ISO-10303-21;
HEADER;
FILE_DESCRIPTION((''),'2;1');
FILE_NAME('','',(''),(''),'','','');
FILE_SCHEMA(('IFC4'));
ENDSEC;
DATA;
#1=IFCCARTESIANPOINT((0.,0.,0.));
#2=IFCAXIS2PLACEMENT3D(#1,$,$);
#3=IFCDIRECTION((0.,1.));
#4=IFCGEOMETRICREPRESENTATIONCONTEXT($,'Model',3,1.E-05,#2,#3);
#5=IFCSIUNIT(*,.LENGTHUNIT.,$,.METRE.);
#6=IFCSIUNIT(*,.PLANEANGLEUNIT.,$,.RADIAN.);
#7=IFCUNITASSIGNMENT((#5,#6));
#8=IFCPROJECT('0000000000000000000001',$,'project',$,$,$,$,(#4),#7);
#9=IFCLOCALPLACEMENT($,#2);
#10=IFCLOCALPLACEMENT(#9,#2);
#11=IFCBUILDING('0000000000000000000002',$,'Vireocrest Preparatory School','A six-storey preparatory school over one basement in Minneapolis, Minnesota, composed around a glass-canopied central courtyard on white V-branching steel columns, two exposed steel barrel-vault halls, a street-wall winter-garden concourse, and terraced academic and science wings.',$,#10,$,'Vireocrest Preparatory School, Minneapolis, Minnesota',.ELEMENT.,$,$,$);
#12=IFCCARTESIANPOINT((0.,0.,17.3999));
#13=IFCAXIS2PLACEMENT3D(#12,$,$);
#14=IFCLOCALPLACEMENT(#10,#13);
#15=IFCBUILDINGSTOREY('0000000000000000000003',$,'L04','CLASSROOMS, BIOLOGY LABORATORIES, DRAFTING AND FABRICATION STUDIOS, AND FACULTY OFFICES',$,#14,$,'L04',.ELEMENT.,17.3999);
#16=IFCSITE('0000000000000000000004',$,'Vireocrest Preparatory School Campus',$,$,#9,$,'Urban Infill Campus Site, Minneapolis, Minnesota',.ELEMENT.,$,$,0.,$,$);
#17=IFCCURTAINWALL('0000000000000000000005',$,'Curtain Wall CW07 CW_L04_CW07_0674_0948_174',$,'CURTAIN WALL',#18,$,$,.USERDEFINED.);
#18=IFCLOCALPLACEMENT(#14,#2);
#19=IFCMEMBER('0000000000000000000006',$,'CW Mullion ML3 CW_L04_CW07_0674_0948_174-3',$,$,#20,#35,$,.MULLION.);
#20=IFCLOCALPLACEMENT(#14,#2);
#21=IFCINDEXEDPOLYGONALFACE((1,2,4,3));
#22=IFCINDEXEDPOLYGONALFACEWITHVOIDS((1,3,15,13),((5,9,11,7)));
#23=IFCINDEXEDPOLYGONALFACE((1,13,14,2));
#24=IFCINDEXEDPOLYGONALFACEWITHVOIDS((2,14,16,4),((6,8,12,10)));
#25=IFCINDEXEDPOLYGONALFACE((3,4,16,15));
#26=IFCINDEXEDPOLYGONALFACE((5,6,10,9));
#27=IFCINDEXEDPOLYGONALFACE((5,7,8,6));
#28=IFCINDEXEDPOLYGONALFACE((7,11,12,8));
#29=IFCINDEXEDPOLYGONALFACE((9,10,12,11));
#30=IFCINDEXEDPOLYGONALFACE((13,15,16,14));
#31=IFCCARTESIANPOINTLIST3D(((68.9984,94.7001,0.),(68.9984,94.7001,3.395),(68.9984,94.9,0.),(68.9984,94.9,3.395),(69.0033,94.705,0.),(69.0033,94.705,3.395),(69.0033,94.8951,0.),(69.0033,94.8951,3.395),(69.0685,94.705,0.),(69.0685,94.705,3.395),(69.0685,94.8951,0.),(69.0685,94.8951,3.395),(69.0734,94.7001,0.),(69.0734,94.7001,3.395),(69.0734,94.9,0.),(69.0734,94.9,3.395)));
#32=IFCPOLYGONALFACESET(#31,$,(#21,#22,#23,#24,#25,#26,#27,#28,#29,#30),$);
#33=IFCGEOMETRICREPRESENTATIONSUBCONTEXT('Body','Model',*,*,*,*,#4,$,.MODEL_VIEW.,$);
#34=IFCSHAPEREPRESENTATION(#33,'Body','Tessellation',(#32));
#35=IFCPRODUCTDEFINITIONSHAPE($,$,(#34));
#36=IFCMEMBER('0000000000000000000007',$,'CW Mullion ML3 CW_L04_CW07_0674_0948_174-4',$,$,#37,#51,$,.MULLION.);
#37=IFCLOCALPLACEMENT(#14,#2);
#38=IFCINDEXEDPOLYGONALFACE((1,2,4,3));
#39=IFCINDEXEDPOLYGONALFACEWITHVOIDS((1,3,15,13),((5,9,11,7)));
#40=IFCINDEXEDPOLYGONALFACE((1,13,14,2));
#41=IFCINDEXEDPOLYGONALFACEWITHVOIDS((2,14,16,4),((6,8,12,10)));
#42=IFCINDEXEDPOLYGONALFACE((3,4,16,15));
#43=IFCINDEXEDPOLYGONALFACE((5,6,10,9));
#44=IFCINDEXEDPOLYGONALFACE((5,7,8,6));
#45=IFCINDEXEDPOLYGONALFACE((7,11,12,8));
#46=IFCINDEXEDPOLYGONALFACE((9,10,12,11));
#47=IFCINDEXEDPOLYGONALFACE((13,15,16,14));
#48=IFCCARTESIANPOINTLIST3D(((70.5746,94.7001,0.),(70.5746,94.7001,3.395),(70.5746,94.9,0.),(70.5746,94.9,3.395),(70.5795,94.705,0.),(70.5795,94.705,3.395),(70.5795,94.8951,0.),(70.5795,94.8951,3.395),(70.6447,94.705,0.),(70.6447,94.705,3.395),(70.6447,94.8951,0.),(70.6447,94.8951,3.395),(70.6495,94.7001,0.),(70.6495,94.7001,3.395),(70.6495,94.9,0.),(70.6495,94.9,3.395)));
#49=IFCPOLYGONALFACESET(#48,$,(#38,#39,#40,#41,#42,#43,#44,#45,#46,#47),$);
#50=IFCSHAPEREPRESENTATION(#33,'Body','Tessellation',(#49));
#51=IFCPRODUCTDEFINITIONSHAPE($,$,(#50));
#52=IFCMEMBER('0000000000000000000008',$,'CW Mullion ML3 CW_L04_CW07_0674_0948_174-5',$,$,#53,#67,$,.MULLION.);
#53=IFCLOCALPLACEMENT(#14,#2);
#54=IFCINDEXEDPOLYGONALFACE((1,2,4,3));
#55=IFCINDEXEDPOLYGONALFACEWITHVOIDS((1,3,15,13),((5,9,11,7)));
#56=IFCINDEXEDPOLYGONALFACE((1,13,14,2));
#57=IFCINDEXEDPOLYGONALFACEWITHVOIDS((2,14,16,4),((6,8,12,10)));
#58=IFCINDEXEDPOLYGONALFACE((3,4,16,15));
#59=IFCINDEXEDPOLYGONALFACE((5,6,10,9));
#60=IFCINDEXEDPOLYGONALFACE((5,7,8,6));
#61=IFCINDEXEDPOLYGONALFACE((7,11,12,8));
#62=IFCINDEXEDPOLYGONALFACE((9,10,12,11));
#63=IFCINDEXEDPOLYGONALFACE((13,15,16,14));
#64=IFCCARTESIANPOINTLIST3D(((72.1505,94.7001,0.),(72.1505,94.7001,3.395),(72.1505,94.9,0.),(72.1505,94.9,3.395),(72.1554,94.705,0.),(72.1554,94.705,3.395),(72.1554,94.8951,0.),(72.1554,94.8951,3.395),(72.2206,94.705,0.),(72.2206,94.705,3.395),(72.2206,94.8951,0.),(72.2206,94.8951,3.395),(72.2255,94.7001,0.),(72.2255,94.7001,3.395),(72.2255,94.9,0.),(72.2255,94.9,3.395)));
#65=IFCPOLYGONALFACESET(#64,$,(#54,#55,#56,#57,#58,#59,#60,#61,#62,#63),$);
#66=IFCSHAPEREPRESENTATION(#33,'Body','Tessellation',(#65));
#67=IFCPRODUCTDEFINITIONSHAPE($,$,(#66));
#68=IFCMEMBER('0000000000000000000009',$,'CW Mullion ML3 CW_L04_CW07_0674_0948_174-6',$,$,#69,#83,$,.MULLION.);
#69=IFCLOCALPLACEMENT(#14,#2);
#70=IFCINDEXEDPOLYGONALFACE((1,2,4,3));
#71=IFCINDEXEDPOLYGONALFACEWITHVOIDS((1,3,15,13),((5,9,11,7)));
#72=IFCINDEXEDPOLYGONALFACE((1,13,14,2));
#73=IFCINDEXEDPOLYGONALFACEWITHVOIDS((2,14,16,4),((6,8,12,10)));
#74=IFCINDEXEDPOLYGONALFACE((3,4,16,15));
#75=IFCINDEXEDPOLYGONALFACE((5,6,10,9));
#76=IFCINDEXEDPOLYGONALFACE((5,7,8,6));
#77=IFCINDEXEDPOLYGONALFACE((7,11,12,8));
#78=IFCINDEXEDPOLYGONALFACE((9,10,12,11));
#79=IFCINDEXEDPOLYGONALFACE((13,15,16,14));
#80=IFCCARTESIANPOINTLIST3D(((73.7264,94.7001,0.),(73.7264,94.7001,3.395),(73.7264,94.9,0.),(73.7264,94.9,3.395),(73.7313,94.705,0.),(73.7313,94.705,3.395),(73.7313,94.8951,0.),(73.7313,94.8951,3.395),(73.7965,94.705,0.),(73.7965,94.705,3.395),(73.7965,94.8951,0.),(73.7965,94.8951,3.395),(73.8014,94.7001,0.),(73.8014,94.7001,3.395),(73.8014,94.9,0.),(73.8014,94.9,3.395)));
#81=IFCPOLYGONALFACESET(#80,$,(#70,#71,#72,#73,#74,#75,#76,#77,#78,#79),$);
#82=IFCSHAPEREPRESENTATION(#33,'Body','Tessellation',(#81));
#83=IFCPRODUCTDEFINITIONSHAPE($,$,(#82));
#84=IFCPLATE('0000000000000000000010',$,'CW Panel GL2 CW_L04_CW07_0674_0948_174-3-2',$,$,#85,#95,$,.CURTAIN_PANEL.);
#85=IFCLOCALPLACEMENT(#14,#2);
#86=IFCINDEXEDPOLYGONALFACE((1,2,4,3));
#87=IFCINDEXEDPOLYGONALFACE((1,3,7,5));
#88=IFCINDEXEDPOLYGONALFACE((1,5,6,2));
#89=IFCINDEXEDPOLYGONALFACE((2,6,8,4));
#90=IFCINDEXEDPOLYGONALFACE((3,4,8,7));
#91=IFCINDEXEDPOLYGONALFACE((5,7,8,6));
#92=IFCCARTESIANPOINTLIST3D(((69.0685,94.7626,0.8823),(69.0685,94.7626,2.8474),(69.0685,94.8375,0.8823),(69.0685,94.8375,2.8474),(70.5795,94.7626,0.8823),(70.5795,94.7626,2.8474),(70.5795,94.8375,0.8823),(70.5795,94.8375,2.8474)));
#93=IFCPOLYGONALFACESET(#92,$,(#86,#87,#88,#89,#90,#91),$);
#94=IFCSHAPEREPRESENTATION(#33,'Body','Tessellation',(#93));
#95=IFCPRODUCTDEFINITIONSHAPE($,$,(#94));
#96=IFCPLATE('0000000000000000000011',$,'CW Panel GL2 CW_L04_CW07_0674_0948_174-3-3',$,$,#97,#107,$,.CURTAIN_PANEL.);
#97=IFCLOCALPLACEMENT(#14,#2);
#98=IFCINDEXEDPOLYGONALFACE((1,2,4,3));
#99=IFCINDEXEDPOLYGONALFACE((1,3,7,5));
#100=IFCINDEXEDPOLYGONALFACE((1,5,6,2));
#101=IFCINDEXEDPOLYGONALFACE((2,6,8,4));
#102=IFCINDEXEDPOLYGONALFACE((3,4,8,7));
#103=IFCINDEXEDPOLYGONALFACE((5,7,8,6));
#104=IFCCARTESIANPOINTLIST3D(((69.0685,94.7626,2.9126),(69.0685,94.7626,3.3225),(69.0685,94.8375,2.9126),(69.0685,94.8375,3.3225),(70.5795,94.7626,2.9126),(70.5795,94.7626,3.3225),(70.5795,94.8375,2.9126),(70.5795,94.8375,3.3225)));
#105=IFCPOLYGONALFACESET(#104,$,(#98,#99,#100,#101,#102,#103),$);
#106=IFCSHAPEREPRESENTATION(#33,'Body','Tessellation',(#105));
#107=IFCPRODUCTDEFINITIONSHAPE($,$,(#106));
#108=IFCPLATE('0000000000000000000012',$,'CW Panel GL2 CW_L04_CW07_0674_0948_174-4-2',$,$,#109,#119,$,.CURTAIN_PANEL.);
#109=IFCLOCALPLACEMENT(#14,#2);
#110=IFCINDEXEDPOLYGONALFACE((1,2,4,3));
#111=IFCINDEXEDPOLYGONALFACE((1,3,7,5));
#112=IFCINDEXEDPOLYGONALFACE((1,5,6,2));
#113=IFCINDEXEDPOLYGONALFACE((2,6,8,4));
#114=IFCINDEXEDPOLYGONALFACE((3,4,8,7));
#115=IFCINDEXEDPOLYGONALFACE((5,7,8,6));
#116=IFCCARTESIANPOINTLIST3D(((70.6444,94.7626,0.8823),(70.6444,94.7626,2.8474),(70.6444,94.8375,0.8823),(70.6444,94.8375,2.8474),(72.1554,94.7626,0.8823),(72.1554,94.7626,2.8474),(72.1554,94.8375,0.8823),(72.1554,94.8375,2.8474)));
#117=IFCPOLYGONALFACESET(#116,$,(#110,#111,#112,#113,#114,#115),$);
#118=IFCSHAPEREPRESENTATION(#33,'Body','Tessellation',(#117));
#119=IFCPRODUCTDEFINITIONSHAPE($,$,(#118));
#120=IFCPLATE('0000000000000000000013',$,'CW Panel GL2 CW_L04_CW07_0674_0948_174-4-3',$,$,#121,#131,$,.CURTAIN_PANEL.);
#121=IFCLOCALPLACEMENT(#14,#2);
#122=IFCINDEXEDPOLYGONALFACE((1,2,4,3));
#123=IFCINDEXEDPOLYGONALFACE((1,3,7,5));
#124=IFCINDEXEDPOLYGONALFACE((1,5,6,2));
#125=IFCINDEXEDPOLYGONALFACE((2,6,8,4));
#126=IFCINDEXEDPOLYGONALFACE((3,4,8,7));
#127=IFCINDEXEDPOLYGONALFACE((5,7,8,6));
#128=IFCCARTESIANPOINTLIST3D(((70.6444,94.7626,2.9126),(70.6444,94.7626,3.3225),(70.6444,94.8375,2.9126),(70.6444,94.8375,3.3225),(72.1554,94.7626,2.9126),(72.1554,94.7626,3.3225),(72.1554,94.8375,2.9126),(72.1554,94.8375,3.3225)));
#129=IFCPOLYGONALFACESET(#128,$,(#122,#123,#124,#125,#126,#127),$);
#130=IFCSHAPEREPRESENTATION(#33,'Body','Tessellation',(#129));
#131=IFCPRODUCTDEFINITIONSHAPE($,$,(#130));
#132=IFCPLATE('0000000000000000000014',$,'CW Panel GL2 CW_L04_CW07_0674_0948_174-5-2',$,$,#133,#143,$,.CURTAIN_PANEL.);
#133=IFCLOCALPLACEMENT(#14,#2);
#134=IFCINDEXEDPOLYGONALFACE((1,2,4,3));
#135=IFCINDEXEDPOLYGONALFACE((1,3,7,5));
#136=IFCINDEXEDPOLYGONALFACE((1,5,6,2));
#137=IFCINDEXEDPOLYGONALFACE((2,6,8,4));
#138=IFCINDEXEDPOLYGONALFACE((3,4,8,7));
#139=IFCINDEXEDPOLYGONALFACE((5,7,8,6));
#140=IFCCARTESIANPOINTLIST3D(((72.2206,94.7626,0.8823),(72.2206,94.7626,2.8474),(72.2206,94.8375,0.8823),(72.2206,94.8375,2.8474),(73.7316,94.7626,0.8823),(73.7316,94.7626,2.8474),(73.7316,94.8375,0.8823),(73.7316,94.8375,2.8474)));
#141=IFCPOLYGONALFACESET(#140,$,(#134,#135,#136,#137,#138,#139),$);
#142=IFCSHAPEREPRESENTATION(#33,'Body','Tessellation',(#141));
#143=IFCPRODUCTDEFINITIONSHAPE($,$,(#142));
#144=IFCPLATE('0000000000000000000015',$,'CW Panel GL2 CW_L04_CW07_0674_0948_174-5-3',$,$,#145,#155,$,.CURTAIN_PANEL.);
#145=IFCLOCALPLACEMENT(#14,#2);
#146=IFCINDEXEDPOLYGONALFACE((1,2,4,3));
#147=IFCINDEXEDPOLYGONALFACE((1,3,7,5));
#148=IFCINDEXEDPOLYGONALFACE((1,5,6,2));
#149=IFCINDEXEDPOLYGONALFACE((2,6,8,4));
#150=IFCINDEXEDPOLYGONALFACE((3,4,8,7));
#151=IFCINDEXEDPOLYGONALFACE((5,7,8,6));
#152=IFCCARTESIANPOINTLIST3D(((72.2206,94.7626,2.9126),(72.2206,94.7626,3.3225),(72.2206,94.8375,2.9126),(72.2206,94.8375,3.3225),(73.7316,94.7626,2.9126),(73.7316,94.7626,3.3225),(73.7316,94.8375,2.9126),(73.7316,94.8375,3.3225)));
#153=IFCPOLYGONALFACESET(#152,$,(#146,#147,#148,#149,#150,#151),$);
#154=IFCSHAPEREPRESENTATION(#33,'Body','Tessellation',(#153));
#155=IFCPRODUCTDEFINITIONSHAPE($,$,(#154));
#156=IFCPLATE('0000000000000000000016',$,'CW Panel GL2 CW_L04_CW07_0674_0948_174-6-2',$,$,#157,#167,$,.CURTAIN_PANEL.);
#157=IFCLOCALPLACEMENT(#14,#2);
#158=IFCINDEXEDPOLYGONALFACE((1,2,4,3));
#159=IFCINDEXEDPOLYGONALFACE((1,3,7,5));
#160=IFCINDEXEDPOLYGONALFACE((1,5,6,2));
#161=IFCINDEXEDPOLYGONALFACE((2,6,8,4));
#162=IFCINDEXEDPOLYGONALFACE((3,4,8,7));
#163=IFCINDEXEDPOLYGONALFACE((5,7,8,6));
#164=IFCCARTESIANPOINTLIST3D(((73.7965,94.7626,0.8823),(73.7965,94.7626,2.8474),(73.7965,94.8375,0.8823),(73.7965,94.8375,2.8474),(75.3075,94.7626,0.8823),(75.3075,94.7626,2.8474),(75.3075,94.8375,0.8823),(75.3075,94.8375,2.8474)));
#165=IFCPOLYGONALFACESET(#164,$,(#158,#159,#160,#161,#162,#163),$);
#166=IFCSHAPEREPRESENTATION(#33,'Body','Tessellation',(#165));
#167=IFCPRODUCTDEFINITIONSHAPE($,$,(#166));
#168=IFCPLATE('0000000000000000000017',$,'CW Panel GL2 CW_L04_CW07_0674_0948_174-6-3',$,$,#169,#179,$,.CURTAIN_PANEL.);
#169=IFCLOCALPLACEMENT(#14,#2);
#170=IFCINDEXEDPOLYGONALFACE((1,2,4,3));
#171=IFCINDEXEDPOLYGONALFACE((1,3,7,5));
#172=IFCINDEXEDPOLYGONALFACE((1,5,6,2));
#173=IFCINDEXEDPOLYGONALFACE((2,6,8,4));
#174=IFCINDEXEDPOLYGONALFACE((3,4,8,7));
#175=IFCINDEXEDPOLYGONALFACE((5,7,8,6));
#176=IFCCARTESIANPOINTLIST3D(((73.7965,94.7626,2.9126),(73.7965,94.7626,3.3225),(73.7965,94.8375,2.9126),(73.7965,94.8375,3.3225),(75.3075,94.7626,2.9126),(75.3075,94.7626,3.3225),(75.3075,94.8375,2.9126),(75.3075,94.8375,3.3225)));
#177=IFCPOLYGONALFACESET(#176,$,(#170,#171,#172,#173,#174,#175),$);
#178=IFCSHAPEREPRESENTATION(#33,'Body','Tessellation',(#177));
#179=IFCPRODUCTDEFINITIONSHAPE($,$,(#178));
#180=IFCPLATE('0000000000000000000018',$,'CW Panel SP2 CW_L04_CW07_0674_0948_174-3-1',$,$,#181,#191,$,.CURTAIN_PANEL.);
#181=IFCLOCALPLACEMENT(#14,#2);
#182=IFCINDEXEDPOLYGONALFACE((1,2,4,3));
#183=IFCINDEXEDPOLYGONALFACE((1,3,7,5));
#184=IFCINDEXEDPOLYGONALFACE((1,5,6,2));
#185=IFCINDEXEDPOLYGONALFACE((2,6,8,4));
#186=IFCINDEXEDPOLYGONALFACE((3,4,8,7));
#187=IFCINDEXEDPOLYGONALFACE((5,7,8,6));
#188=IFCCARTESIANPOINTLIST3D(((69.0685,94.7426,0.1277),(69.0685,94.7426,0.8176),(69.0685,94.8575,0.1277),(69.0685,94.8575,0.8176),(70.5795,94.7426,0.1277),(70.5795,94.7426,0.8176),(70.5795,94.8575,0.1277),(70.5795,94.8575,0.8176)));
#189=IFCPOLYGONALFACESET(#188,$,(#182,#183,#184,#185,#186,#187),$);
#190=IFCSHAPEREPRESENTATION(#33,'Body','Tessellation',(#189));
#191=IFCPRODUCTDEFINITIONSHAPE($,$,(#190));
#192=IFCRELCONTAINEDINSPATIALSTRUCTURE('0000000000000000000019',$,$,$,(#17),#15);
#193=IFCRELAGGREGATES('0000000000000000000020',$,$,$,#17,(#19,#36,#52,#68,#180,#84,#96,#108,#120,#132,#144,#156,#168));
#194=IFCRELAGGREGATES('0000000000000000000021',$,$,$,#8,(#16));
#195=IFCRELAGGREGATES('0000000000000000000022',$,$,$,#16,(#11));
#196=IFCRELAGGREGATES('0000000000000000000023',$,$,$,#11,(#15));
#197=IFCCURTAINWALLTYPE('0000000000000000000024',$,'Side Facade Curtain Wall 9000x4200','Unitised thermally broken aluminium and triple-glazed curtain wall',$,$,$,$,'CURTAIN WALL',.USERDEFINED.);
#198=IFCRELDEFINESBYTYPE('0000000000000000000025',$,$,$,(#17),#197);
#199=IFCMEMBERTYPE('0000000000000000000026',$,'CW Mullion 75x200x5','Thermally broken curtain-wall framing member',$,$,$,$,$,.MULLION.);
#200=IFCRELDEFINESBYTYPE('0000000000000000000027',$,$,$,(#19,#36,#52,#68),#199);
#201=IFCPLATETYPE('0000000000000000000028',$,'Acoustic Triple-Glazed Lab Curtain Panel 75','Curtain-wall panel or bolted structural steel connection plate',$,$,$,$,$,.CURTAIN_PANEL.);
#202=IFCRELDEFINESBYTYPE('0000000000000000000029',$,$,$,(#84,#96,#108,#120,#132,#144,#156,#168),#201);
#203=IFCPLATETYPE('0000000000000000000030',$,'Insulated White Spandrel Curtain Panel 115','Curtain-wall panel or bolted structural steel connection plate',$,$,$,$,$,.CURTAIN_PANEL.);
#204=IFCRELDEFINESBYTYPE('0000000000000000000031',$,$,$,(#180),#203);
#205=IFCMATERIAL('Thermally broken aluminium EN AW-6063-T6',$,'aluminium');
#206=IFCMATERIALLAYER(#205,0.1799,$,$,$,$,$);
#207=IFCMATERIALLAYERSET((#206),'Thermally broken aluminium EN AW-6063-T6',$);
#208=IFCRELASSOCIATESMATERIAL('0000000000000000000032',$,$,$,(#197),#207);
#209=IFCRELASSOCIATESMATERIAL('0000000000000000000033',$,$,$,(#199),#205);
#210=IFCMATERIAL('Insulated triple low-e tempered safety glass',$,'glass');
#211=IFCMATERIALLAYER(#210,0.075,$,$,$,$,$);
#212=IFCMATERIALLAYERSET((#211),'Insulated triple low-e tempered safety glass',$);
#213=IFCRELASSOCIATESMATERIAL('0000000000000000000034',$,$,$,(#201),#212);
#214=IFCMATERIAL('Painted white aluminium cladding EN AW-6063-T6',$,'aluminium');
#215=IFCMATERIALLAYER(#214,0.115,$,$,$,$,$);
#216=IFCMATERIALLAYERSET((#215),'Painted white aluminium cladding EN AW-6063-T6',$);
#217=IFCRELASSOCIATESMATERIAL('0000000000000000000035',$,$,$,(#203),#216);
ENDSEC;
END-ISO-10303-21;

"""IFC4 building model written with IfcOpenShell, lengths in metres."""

from ifc_helpers import new_model, si_unit, direction, frame, origin, origin_2d, place, context, subcontext, project, spatial, rectangle, hollow_rectangle, extrude, material, layer, layer_set, material_profile, profile_set, type_object, element, aggregate, save


model = new_model("IFC4")

# Units and contexts
model_context = context("Model", 3, precision=1e-05, world=origin(), true_north=direction((0.0, 1.0)))
body_context = subcontext(model_context, "Body", "Model", "MODEL_VIEW")
ifc_project = project(units=[si_unit("LENGTHUNIT", "METRE"), si_unit("PLANEANGLEUNIT", "RADIAN")], contexts=[model_context])

# Site, building, storey
site_placement = place(None, origin())
site = spatial("IfcSite", under=ifc_project, at=site_placement, Name="Vireocrest Preparatory School Campus", LongName="Urban Infill Campus Site, Minneapolis, Minnesota", CompositionType="ELEMENT", RefElevation=0.0)
building_placement = place(site_placement, origin())
building = spatial("IfcBuilding", under=site, at=building_placement, Name="Vireocrest Preparatory School", Description="A six-storey preparatory school over one basement in Minneapolis, Minnesota, composed around a glass-canopied central courtyard on white V-branching steel columns, two exposed steel barrel-vault halls, a street-wall winter-garden concourse, and terraced academic and science wings.", LongName="Vireocrest Preparatory School, Minneapolis, Minnesota", CompositionType="ELEMENT")
storey_placement = place(building_placement, frame((0.0, 0.0, 17.3999)))
storey = spatial("IfcBuildingStorey", under=building, at=storey_placement, Name="L04", Description="CLASSROOMS, BIOLOGY LABORATORIES, DRAFTING AND FABRICATION STUDIOS, AND FACULTY OFFICES", LongName="L04", CompositionType="ELEMENT", Elevation=17.3999)

# Curtain wall, members, plates
ifc_material_1 = material(Name="Thermally broken aluminium EN AW-6063-T6", Category="aluminium")
ifc_layer_1 = layer(ifc_material_1, 0.1799)
ifc_layer_set_1 = layer_set([ifc_layer_1], Name="Thermally broken aluminium EN AW-6063-T6")
curtain_wall_type = type_object("IfcCurtainWallType", Name="Side Facade Curtain Wall 9000x4200", Description="Unitised thermally broken aluminium and triple-glazed curtain wall", ElementType="CURTAIN WALL", PredefinedType="USERDEFINED", material=ifc_layer_set_1)
curtain_wall_placement = place(storey_placement, origin())
curtain_wall = element("IfcCurtainWall", 1, at=curtain_wall_placement, inside=storey, type_object=curtain_wall_type, Name="Curtain Wall CW07 CW_L04_CW07_0674_0948_174", ObjectType="CURTAIN WALL", PredefinedType="USERDEFINED")
ifc_material_profile = material_profile(ifc_material_1, hollow_rectangle(XDim=0.075, YDim=0.2, WallThickness=0.0049, at=origin_2d()), Name="ALU 75x200x5")
ifc_profile_set = profile_set([ifc_material_profile], Name="Thermally broken aluminium EN AW-6063-T6")
member_type = type_object("IfcMemberType", Name="CW Mullion 75x200x5", Description="Thermally broken curtain-wall framing member", PredefinedType="MULLION", material=ifc_profile_set)
member_1_placement = place(storey_placement, frame((69.0359, 94.8, 0.0), z_axis=(0.0, 0.0, 1.0), x_axis=(1.0, 0.0, 0.0)))
member_1 = element("IfcMember", 2, at=member_1_placement, type_object=member_type, Name="CW Mullion ML3 CW_L04_CW07_0674_0948_174-3", PredefinedType="MULLION", context=body_context, shape_type="SweptSolid", body=[
    extrude(hollow_rectangle(XDim=0.075, YDim=0.2, WallThickness=0.0049, at=origin_2d()), origin(), (0.0, 0.0, 1.0), 3.395),
])
member_2_placement = place(storey_placement, frame((70.6121, 94.8, 0.0), z_axis=(0.0, 0.0, 1.0), x_axis=(1.0, 0.0, 0.0)))
member_2 = element("IfcMember", 3, at=member_2_placement, type_object=member_type, Name="CW Mullion ML3 CW_L04_CW07_0674_0948_174-4", PredefinedType="MULLION", context=body_context, shape_type="SweptSolid", body=[
    extrude(hollow_rectangle(XDim=0.075, YDim=0.2, WallThickness=0.0049, at=origin_2d()), origin(), (0.0, 0.0, 1.0), 3.395),
])
member_3_placement = place(storey_placement, frame((72.188, 94.8, 0.0), z_axis=(0.0, 0.0, 1.0), x_axis=(1.0, 0.0, 0.0)))
member_3 = element("IfcMember", 4, at=member_3_placement, type_object=member_type, Name="CW Mullion ML3 CW_L04_CW07_0674_0948_174-5", PredefinedType="MULLION", context=body_context, shape_type="SweptSolid", body=[
    extrude(hollow_rectangle(XDim=0.075, YDim=0.2, WallThickness=0.0049, at=origin_2d()), origin(), (0.0, 0.0, 1.0), 3.395),
])
member_4_placement = place(storey_placement, frame((73.7639, 94.8, 0.0), z_axis=(0.0, 0.0, 1.0), x_axis=(1.0, 0.0, 0.0)))
member_4 = element("IfcMember", 5, at=member_4_placement, type_object=member_type, Name="CW Mullion ML3 CW_L04_CW07_0674_0948_174-6", PredefinedType="MULLION", context=body_context, shape_type="SweptSolid", body=[
    extrude(hollow_rectangle(XDim=0.075, YDim=0.2, WallThickness=0.0049, at=origin_2d()), origin(), (0.0, 0.0, 1.0), 3.395),
])
ifc_material_2 = material(Name="Insulated triple low-e tempered safety glass", Category="glass")
ifc_layer_2 = layer(ifc_material_2, 0.075)
ifc_layer_set_2 = layer_set([ifc_layer_2], Name="Insulated triple low-e tempered safety glass")
plate_type_1 = type_object("IfcPlateType", Name="Acoustic Triple-Glazed Lab Curtain Panel 75", Description="Curtain-wall panel or bolted structural steel connection plate", PredefinedType="CURTAIN_PANEL", material=ifc_layer_set_2)
plate_1_placement = place(storey_placement, frame((69.824, 94.8, 0.8823), z_axis=(0.0, 0.0, 1.0), x_axis=(1.0, 0.0, 0.0)))
plate_1 = element("IfcPlate", 6, at=plate_1_placement, type_object=plate_type_1, Name="CW Panel GL2 CW_L04_CW07_0674_0948_174-3-2", PredefinedType="CURTAIN_PANEL", context=body_context, shape_type="SweptSolid", body=[
    extrude(rectangle(XDim=1.511, YDim=0.075, at=origin_2d()), origin(), (0.0, 0.0, 1.0), 1.9651),
])
plate_2_placement = place(storey_placement, frame((69.824, 94.8, 2.9126), z_axis=(0.0, 0.0, 1.0), x_axis=(1.0, 0.0, 0.0)))
plate_2 = element("IfcPlate", 7, at=plate_2_placement, type_object=plate_type_1, Name="CW Panel GL2 CW_L04_CW07_0674_0948_174-3-3", PredefinedType="CURTAIN_PANEL", context=body_context, shape_type="SweptSolid", body=[
    extrude(rectangle(XDim=1.511, YDim=0.075, at=origin_2d()), origin(), (0.0, 0.0, 1.0), 0.4099),
])
plate_3_placement = place(storey_placement, frame((71.3999, 94.8, 0.8823), z_axis=(0.0, 0.0, 1.0), x_axis=(1.0, 0.0, 0.0)))
plate_3 = element("IfcPlate", 8, at=plate_3_placement, type_object=plate_type_1, Name="CW Panel GL2 CW_L04_CW07_0674_0948_174-4-2", PredefinedType="CURTAIN_PANEL", context=body_context, shape_type="SweptSolid", body=[
    extrude(rectangle(XDim=1.511, YDim=0.075, at=origin_2d()), origin(), (0.0, 0.0, 1.0), 1.9651),
])
plate_4_placement = place(storey_placement, frame((71.3999, 94.8, 2.9126), z_axis=(0.0, 0.0, 1.0), x_axis=(1.0, 0.0, 0.0)))
plate_4 = element("IfcPlate", 9, at=plate_4_placement, type_object=plate_type_1, Name="CW Panel GL2 CW_L04_CW07_0674_0948_174-4-3", PredefinedType="CURTAIN_PANEL", context=body_context, shape_type="SweptSolid", body=[
    extrude(rectangle(XDim=1.511, YDim=0.075, at=origin_2d()), origin(), (0.0, 0.0, 1.0), 0.4099),
])
plate_5_placement = place(storey_placement, frame((72.9761, 94.8, 0.8823), z_axis=(0.0, 0.0, 1.0), x_axis=(1.0, 0.0, 0.0)))
plate_5 = element("IfcPlate", 10, at=plate_5_placement, type_object=plate_type_1, Name="CW Panel GL2 CW_L04_CW07_0674_0948_174-5-2", PredefinedType="CURTAIN_PANEL", context=body_context, shape_type="SweptSolid", body=[
    extrude(rectangle(XDim=1.511, YDim=0.075, at=origin_2d()), origin(), (0.0, 0.0, 1.0), 1.9651),
])
plate_6_placement = place(storey_placement, frame((72.9761, 94.8, 2.9126), z_axis=(0.0, 0.0, 1.0), x_axis=(1.0, 0.0, 0.0)))
plate_6 = element("IfcPlate", 11, at=plate_6_placement, type_object=plate_type_1, Name="CW Panel GL2 CW_L04_CW07_0674_0948_174-5-3", PredefinedType="CURTAIN_PANEL", context=body_context, shape_type="SweptSolid", body=[
    extrude(rectangle(XDim=1.511, YDim=0.075, at=origin_2d()), origin(), (0.0, 0.0, 1.0), 0.4099),
])
plate_7_placement = place(storey_placement, frame((74.552, 94.8, 0.8823), z_axis=(0.0, 0.0, 1.0), x_axis=(1.0, 0.0, 0.0)))
plate_7 = element("IfcPlate", 12, at=plate_7_placement, type_object=plate_type_1, Name="CW Panel GL2 CW_L04_CW07_0674_0948_174-6-2", PredefinedType="CURTAIN_PANEL", context=body_context, shape_type="SweptSolid", body=[
    extrude(rectangle(XDim=1.511, YDim=0.075, at=origin_2d()), origin(), (0.0, 0.0, 1.0), 1.9651),
])
plate_8_placement = place(storey_placement, frame((74.552, 94.8, 2.9126), z_axis=(0.0, 0.0, 1.0), x_axis=(1.0, 0.0, 0.0)))
plate_8 = element("IfcPlate", 13, at=plate_8_placement, type_object=plate_type_1, Name="CW Panel GL2 CW_L04_CW07_0674_0948_174-6-3", PredefinedType="CURTAIN_PANEL", context=body_context, shape_type="SweptSolid", body=[
    extrude(rectangle(XDim=1.511, YDim=0.075, at=origin_2d()), origin(), (0.0, 0.0, 1.0), 0.4099),
])
ifc_material_3 = material(Name="Painted white aluminium cladding EN AW-6063-T6", Category="aluminium")
ifc_layer_3 = layer(ifc_material_3, 0.115)
ifc_layer_set_3 = layer_set([ifc_layer_3], Name="Painted white aluminium cladding EN AW-6063-T6")
plate_type_2 = type_object("IfcPlateType", Name="Insulated White Spandrel Curtain Panel 115", Description="Curtain-wall panel or bolted structural steel connection plate", PredefinedType="CURTAIN_PANEL", material=ifc_layer_set_3)
plate_9_placement = place(storey_placement, frame((69.824, 94.8, 0.1277), z_axis=(0.0, 0.0, 1.0), x_axis=(1.0, 0.0, 0.0)))
plate_9 = element("IfcPlate", 14, at=plate_9_placement, type_object=plate_type_2, Name="CW Panel SP2 CW_L04_CW07_0674_0948_174-3-1", PredefinedType="CURTAIN_PANEL", context=body_context, shape_type="SweptSolid", body=[
    extrude(rectangle(XDim=1.511, YDim=0.115, at=origin_2d()), origin(), (0.0, 0.0, 1.0), 0.6899),
])
aggregate(curtain_wall, [member_1, member_2, member_3, member_4, plate_9, plate_1, plate_2, plate_3, plate_4, plate_5, plate_6, plate_7, plate_8])

save(model, "model.ifc")
